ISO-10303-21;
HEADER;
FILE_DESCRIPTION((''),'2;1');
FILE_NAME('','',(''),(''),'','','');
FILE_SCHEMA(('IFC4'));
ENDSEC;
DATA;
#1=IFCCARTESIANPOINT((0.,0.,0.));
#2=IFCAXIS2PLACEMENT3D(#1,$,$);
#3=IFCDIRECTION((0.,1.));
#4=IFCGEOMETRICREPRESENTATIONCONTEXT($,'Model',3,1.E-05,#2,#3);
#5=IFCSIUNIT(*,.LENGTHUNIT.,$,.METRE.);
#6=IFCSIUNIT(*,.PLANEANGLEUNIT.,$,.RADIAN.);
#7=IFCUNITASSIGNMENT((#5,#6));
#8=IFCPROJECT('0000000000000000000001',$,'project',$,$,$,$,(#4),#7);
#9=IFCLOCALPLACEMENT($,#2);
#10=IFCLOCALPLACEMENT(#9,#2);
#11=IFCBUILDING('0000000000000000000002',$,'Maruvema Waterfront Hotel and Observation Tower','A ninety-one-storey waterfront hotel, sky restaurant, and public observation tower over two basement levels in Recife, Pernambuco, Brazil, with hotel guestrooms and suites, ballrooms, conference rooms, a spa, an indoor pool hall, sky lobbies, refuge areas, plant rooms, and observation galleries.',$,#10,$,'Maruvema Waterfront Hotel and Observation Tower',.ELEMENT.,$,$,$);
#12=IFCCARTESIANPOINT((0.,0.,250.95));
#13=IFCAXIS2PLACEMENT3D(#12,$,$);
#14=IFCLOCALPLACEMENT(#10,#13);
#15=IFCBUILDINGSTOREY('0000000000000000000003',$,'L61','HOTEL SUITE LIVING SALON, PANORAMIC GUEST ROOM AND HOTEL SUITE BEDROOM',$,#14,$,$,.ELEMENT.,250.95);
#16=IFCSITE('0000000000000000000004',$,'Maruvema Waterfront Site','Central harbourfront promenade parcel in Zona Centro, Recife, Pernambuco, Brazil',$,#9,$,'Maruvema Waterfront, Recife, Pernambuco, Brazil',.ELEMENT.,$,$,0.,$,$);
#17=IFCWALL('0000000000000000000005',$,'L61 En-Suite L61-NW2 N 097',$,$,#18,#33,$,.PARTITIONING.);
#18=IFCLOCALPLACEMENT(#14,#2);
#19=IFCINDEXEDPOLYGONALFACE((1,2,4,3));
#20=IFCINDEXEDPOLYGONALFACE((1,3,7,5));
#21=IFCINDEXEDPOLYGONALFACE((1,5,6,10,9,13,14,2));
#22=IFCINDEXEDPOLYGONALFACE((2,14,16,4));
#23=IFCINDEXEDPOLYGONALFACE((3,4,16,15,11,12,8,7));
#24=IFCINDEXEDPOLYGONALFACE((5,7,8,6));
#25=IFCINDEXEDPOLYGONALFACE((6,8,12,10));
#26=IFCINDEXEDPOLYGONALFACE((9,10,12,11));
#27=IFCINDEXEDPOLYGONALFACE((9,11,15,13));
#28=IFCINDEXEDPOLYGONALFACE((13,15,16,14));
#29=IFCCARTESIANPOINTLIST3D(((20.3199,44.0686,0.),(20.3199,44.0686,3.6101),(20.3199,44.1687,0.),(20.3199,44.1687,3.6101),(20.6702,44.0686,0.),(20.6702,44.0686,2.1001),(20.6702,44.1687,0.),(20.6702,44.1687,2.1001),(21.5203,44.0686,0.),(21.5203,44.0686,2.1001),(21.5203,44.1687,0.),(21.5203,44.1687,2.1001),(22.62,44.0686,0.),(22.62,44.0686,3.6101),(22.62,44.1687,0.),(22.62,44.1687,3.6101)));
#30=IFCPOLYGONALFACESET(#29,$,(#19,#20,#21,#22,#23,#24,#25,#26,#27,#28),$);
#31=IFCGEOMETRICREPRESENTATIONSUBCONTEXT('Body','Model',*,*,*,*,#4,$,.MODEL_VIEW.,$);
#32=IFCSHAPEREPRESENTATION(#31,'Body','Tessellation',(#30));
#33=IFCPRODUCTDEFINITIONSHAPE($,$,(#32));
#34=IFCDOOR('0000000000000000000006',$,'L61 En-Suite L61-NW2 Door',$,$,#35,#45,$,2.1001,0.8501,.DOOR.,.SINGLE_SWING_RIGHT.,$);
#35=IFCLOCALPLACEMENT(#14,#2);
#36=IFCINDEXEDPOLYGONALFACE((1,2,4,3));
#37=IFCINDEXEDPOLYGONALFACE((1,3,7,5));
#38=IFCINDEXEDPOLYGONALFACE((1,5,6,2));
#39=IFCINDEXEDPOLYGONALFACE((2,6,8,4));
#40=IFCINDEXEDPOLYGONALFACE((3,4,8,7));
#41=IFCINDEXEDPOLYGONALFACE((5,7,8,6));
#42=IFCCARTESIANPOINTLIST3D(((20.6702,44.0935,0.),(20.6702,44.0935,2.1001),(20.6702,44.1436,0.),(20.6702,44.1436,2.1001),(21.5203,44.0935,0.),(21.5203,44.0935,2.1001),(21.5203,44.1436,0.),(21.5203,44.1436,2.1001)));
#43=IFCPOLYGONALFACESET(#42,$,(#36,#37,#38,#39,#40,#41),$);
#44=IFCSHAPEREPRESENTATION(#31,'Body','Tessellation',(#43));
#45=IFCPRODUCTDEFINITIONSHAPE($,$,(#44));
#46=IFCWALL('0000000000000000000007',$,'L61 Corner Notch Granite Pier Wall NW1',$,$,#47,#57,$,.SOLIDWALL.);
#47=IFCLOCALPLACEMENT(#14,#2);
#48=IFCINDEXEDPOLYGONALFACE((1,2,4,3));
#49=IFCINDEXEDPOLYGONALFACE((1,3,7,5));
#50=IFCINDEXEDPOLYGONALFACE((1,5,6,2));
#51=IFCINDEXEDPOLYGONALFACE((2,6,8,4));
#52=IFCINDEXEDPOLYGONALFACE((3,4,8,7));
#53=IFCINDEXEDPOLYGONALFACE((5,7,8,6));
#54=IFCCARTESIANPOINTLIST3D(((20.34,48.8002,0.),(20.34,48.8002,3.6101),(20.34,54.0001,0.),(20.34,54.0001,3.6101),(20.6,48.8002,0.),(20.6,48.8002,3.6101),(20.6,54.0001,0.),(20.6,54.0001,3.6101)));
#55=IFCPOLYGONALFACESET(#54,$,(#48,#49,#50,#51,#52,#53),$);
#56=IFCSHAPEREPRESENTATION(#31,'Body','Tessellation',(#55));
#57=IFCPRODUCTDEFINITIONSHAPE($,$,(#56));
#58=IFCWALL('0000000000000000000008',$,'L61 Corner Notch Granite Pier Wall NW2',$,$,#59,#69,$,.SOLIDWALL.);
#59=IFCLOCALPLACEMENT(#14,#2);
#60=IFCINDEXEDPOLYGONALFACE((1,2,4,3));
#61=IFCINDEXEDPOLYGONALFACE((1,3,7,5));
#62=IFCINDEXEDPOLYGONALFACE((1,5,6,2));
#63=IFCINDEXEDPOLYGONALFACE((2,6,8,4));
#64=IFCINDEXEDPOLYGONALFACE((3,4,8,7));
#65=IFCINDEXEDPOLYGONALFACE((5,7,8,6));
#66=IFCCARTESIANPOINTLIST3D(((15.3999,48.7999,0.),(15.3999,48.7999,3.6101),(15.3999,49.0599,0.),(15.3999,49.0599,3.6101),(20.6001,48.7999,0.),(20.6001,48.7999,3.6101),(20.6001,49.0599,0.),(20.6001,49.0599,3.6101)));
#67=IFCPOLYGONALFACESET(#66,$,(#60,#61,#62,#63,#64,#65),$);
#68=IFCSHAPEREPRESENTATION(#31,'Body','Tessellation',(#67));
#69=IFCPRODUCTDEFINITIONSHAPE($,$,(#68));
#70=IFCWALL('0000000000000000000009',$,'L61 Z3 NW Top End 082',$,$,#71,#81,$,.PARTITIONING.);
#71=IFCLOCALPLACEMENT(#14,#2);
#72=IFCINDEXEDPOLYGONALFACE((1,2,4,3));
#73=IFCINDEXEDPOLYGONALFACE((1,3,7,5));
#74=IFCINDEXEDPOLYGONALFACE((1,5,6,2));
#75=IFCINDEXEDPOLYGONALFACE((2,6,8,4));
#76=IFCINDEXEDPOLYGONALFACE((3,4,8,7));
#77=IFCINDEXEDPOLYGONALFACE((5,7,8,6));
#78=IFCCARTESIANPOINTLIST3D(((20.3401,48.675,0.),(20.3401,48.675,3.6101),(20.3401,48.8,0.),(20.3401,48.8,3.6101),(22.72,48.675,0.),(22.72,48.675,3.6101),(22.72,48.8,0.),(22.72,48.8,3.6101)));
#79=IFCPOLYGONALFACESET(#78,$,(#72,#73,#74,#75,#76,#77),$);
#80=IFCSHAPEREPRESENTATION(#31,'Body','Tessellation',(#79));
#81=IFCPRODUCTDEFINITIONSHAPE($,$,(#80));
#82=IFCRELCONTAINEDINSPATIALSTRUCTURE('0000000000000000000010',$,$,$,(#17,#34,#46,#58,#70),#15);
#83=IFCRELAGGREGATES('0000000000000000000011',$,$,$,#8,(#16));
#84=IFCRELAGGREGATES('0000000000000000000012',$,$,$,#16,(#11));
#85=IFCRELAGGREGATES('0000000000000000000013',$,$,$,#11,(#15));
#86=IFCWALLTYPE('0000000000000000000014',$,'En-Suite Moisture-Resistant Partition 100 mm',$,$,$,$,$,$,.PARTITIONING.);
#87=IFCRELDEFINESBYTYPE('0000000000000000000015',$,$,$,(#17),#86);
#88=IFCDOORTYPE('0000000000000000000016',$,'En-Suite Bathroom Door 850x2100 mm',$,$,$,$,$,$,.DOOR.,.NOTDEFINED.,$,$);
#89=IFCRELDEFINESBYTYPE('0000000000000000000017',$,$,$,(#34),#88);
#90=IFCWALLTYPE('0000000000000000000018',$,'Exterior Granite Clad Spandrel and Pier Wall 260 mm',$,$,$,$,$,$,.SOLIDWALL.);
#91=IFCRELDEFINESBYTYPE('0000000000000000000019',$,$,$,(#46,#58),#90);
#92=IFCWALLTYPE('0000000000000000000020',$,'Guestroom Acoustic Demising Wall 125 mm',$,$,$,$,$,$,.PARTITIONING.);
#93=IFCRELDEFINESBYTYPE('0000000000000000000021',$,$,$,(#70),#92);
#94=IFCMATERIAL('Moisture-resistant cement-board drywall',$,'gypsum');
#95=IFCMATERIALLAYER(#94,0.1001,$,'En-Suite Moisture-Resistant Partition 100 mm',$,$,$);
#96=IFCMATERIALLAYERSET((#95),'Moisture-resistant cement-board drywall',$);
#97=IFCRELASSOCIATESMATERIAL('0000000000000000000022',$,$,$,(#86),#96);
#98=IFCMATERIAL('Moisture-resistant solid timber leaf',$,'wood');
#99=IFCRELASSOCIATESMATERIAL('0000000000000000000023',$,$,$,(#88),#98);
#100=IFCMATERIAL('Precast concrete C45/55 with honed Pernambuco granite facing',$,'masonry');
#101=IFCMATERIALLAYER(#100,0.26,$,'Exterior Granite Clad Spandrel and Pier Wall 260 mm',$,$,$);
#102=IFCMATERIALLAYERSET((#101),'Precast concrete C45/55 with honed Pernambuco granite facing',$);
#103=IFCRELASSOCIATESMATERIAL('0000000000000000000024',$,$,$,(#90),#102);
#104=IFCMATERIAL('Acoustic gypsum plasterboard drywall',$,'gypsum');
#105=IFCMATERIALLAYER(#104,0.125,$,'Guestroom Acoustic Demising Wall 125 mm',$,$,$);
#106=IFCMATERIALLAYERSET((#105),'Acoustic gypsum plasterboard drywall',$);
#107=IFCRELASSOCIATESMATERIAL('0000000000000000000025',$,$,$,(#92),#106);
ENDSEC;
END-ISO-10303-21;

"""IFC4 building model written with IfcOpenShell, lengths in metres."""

from ifc_helpers import new_model, si_unit, direction, frame, frame_2d, origin, place, context, subcontext, project, spatial, rectangle, extrude, material, layer, layer_set, type_object, element, fill, save


model = new_model("IFC4")

# Units and contexts
model_context = context("Model", 3, precision=1e-05, world=origin(), true_north=direction((0.0, 1.0)))
body_context = subcontext(model_context, "Body", "Model", "MODEL_VIEW")
ifc_project = project(units=[si_unit("LENGTHUNIT", "METRE"), si_unit("PLANEANGLEUNIT", "RADIAN")], contexts=[model_context])

# Site, building, storey
site_placement = place(None, origin())
site = spatial("IfcSite", under=ifc_project, at=site_placement, Name="Maruvema Waterfront Site", Description="Central harbourfront promenade parcel in Zona Centro, Recife, Pernambuco, Brazil", LongName="Maruvema Waterfront, Recife, Pernambuco, Brazil", CompositionType="ELEMENT", RefElevation=0.0)
building_placement = place(site_placement, origin())
building = spatial("IfcBuilding", under=site, at=building_placement, Name="Maruvema Waterfront Hotel and Observation Tower", Description="A ninety-one-storey waterfront hotel, sky restaurant, and public observation tower over two basement levels in Recife, Pernambuco, Brazil, with hotel guestrooms and suites, ballrooms, conference rooms, a spa, an indoor pool hall, sky lobbies, refuge areas, plant rooms, and observation galleries.", LongName="Maruvema Waterfront Hotel and Observation Tower", CompositionType="ELEMENT")
storey_placement = place(building_placement, frame((0.0, 0.0, 250.95)))
storey = spatial("IfcBuildingStorey", under=building, at=storey_placement, Name="L61", Description="HOTEL SUITE LIVING SALON, PANORAMIC GUEST ROOM AND HOTEL SUITE BEDROOM", CompositionType="ELEMENT", Elevation=250.95)

# Wall, opening, door
ifc_material_1 = material(Name="Moisture-resistant cement-board drywall", Category="gypsum")
ifc_layer_1 = layer(ifc_material_1, 0.1001, Name="En-Suite Moisture-Resistant Partition 100 mm")
ifc_layer_set_1 = layer_set([ifc_layer_1], Name="Moisture-resistant cement-board drywall")
wall_type_1 = type_object("IfcWallType", Name="En-Suite Moisture-Resistant Partition 100 mm", PredefinedType="PARTITIONING", material=ifc_layer_set_1)
wall_1_placement = place(storey_placement, frame((20.3201, 44.1187, 0.0), z_axis=(0.0, 0.0, 1.0), x_axis=(1.0, 0.0, 0.0)))
wall_1 = element("IfcWall", 1, at=wall_1_placement, inside=storey, type_object=wall_type_1, Name="L61 En-Suite L61-NW2 N 097", PredefinedType="PARTITIONING", context=body_context, shape_type="SweptSolid", body=[
    extrude(rectangle(XDim=2.3, YDim=0.1001, at=frame_2d((1.1499, 0.0))), origin(), (0.0, 0.0, 1.0), 3.6101),
])
opening_1_placement = place(wall_1_placement, frame((0.3501, 0.0, 0.0)))
opening_1 = element("IfcOpeningElement", 2, at=opening_1_placement, cuts=wall_1, PredefinedType="OPENING", context=body_context, shape_type="SweptSolid", body=[
    extrude(rectangle(XDim=0.8501, YDim=2.1001, at=frame_2d((0.425, 1.05))), frame((0.0, 0.0601, 0.0), z_axis=(0.0, -1.0, 0.0), x_axis=(1.0, 0.0, 0.0)), (0.0, 0.0, 1.0), 0.1201),
])
ifc_material_2 = material(Name="Moisture-resistant solid timber leaf", Category="wood")
door_type_1 = type_object("IfcDoorType", Name="En-Suite Bathroom Door 850x2100 mm", OperationType="NOTDEFINED", PredefinedType="DOOR", material=ifc_material_2)
door_1_placement = place(opening_1_placement, origin())
door_1 = element("IfcDoor", 3, at=door_1_placement, inside=storey, type_object=door_type_1, Name="L61 En-Suite L61-NW2 Door", OperationType="SINGLE_SWING_RIGHT", OverallHeight=2.1001, OverallWidth=0.8501, PredefinedType="DOOR", context=body_context, shape_type="SweptSolid", body=[
    extrude(rectangle(XDim=0.8501, YDim=2.1001, at=frame_2d((0.425, 1.05))), frame((0.0, 0.0249, 0.0), z_axis=(0.0, -1.0, 0.0), x_axis=(1.0, 0.0, 0.0)), (0.0, 0.0, 1.0), 0.05),
])
fill(opening_1, door_1)

# Walls
ifc_material_3 = material(Name="Precast concrete C45/55 with honed Pernambuco granite facing", Category="masonry")
ifc_layer_2 = layer(ifc_material_3, 0.26, Name="Exterior Granite Clad Spandrel and Pier Wall 260 mm")
ifc_layer_set_2 = layer_set([ifc_layer_2], Name="Precast concrete C45/55 with honed Pernambuco granite facing")
wall_type_2 = type_object("IfcWallType", Name="Exterior Granite Clad Spandrel and Pier Wall 260 mm", PredefinedType="SOLIDWALL", material=ifc_layer_set_2)
wall_2_placement = place(storey_placement, frame((20.47, 48.8, 0.0), z_axis=(0.0, 0.0, 1.0), x_axis=(0.0, 1.0, 0.0)))
element("IfcWall", 4, at=wall_2_placement, inside=storey, type_object=wall_type_2, Name="L61 Corner Notch Granite Pier Wall NW1", PredefinedType="SOLIDWALL", context=body_context, shape_type="SweptSolid", body=[
    extrude(rectangle(XDim=5.2, YDim=0.26, at=frame_2d((2.6001, 0.0))), origin(), (0.0, 0.0, 1.0), 3.6101),
])
wall_3_placement = place(storey_placement, frame((15.3999, 48.9299, 0.0), z_axis=(0.0, 0.0, 1.0), x_axis=(1.0, 0.0, 0.0)))
element("IfcWall", 5, at=wall_3_placement, inside=storey, type_object=wall_type_2, Name="L61 Corner Notch Granite Pier Wall NW2", PredefinedType="SOLIDWALL", context=body_context, shape_type="SweptSolid", body=[
    extrude(rectangle(XDim=5.2002, YDim=0.26, at=frame_2d((2.6001, 0.0))), origin(), (0.0, 0.0, 1.0), 3.6101),
])
ifc_material_4 = material(Name="Acoustic gypsum plasterboard drywall", Category="gypsum")
ifc_layer_3 = layer(ifc_material_4, 0.125, Name="Guestroom Acoustic Demising Wall 125 mm")
ifc_layer_set_3 = layer_set([ifc_layer_3], Name="Acoustic gypsum plasterboard drywall")
wall_type_3 = type_object("IfcWallType", Name="Guestroom Acoustic Demising Wall 125 mm", PredefinedType="PARTITIONING", material=ifc_layer_set_3)
wall_4_placement = place(storey_placement, frame((20.3401, 48.7375, 0.0), z_axis=(0.0, 0.0, 1.0), x_axis=(1.0, 0.0, 0.0)))
element("IfcWall", 6, at=wall_4_placement, inside=storey, type_object=wall_type_3, Name="L61 Z3 NW Top End 082", PredefinedType="PARTITIONING", context=body_context, shape_type="SweptSolid", body=[
    extrude(rectangle(XDim=2.3799, YDim=0.125, at=frame_2d((1.1899, 0.0))), origin(), (0.0, 0.0, 1.0), 3.6101),
])

save(model, "model.ifc")
